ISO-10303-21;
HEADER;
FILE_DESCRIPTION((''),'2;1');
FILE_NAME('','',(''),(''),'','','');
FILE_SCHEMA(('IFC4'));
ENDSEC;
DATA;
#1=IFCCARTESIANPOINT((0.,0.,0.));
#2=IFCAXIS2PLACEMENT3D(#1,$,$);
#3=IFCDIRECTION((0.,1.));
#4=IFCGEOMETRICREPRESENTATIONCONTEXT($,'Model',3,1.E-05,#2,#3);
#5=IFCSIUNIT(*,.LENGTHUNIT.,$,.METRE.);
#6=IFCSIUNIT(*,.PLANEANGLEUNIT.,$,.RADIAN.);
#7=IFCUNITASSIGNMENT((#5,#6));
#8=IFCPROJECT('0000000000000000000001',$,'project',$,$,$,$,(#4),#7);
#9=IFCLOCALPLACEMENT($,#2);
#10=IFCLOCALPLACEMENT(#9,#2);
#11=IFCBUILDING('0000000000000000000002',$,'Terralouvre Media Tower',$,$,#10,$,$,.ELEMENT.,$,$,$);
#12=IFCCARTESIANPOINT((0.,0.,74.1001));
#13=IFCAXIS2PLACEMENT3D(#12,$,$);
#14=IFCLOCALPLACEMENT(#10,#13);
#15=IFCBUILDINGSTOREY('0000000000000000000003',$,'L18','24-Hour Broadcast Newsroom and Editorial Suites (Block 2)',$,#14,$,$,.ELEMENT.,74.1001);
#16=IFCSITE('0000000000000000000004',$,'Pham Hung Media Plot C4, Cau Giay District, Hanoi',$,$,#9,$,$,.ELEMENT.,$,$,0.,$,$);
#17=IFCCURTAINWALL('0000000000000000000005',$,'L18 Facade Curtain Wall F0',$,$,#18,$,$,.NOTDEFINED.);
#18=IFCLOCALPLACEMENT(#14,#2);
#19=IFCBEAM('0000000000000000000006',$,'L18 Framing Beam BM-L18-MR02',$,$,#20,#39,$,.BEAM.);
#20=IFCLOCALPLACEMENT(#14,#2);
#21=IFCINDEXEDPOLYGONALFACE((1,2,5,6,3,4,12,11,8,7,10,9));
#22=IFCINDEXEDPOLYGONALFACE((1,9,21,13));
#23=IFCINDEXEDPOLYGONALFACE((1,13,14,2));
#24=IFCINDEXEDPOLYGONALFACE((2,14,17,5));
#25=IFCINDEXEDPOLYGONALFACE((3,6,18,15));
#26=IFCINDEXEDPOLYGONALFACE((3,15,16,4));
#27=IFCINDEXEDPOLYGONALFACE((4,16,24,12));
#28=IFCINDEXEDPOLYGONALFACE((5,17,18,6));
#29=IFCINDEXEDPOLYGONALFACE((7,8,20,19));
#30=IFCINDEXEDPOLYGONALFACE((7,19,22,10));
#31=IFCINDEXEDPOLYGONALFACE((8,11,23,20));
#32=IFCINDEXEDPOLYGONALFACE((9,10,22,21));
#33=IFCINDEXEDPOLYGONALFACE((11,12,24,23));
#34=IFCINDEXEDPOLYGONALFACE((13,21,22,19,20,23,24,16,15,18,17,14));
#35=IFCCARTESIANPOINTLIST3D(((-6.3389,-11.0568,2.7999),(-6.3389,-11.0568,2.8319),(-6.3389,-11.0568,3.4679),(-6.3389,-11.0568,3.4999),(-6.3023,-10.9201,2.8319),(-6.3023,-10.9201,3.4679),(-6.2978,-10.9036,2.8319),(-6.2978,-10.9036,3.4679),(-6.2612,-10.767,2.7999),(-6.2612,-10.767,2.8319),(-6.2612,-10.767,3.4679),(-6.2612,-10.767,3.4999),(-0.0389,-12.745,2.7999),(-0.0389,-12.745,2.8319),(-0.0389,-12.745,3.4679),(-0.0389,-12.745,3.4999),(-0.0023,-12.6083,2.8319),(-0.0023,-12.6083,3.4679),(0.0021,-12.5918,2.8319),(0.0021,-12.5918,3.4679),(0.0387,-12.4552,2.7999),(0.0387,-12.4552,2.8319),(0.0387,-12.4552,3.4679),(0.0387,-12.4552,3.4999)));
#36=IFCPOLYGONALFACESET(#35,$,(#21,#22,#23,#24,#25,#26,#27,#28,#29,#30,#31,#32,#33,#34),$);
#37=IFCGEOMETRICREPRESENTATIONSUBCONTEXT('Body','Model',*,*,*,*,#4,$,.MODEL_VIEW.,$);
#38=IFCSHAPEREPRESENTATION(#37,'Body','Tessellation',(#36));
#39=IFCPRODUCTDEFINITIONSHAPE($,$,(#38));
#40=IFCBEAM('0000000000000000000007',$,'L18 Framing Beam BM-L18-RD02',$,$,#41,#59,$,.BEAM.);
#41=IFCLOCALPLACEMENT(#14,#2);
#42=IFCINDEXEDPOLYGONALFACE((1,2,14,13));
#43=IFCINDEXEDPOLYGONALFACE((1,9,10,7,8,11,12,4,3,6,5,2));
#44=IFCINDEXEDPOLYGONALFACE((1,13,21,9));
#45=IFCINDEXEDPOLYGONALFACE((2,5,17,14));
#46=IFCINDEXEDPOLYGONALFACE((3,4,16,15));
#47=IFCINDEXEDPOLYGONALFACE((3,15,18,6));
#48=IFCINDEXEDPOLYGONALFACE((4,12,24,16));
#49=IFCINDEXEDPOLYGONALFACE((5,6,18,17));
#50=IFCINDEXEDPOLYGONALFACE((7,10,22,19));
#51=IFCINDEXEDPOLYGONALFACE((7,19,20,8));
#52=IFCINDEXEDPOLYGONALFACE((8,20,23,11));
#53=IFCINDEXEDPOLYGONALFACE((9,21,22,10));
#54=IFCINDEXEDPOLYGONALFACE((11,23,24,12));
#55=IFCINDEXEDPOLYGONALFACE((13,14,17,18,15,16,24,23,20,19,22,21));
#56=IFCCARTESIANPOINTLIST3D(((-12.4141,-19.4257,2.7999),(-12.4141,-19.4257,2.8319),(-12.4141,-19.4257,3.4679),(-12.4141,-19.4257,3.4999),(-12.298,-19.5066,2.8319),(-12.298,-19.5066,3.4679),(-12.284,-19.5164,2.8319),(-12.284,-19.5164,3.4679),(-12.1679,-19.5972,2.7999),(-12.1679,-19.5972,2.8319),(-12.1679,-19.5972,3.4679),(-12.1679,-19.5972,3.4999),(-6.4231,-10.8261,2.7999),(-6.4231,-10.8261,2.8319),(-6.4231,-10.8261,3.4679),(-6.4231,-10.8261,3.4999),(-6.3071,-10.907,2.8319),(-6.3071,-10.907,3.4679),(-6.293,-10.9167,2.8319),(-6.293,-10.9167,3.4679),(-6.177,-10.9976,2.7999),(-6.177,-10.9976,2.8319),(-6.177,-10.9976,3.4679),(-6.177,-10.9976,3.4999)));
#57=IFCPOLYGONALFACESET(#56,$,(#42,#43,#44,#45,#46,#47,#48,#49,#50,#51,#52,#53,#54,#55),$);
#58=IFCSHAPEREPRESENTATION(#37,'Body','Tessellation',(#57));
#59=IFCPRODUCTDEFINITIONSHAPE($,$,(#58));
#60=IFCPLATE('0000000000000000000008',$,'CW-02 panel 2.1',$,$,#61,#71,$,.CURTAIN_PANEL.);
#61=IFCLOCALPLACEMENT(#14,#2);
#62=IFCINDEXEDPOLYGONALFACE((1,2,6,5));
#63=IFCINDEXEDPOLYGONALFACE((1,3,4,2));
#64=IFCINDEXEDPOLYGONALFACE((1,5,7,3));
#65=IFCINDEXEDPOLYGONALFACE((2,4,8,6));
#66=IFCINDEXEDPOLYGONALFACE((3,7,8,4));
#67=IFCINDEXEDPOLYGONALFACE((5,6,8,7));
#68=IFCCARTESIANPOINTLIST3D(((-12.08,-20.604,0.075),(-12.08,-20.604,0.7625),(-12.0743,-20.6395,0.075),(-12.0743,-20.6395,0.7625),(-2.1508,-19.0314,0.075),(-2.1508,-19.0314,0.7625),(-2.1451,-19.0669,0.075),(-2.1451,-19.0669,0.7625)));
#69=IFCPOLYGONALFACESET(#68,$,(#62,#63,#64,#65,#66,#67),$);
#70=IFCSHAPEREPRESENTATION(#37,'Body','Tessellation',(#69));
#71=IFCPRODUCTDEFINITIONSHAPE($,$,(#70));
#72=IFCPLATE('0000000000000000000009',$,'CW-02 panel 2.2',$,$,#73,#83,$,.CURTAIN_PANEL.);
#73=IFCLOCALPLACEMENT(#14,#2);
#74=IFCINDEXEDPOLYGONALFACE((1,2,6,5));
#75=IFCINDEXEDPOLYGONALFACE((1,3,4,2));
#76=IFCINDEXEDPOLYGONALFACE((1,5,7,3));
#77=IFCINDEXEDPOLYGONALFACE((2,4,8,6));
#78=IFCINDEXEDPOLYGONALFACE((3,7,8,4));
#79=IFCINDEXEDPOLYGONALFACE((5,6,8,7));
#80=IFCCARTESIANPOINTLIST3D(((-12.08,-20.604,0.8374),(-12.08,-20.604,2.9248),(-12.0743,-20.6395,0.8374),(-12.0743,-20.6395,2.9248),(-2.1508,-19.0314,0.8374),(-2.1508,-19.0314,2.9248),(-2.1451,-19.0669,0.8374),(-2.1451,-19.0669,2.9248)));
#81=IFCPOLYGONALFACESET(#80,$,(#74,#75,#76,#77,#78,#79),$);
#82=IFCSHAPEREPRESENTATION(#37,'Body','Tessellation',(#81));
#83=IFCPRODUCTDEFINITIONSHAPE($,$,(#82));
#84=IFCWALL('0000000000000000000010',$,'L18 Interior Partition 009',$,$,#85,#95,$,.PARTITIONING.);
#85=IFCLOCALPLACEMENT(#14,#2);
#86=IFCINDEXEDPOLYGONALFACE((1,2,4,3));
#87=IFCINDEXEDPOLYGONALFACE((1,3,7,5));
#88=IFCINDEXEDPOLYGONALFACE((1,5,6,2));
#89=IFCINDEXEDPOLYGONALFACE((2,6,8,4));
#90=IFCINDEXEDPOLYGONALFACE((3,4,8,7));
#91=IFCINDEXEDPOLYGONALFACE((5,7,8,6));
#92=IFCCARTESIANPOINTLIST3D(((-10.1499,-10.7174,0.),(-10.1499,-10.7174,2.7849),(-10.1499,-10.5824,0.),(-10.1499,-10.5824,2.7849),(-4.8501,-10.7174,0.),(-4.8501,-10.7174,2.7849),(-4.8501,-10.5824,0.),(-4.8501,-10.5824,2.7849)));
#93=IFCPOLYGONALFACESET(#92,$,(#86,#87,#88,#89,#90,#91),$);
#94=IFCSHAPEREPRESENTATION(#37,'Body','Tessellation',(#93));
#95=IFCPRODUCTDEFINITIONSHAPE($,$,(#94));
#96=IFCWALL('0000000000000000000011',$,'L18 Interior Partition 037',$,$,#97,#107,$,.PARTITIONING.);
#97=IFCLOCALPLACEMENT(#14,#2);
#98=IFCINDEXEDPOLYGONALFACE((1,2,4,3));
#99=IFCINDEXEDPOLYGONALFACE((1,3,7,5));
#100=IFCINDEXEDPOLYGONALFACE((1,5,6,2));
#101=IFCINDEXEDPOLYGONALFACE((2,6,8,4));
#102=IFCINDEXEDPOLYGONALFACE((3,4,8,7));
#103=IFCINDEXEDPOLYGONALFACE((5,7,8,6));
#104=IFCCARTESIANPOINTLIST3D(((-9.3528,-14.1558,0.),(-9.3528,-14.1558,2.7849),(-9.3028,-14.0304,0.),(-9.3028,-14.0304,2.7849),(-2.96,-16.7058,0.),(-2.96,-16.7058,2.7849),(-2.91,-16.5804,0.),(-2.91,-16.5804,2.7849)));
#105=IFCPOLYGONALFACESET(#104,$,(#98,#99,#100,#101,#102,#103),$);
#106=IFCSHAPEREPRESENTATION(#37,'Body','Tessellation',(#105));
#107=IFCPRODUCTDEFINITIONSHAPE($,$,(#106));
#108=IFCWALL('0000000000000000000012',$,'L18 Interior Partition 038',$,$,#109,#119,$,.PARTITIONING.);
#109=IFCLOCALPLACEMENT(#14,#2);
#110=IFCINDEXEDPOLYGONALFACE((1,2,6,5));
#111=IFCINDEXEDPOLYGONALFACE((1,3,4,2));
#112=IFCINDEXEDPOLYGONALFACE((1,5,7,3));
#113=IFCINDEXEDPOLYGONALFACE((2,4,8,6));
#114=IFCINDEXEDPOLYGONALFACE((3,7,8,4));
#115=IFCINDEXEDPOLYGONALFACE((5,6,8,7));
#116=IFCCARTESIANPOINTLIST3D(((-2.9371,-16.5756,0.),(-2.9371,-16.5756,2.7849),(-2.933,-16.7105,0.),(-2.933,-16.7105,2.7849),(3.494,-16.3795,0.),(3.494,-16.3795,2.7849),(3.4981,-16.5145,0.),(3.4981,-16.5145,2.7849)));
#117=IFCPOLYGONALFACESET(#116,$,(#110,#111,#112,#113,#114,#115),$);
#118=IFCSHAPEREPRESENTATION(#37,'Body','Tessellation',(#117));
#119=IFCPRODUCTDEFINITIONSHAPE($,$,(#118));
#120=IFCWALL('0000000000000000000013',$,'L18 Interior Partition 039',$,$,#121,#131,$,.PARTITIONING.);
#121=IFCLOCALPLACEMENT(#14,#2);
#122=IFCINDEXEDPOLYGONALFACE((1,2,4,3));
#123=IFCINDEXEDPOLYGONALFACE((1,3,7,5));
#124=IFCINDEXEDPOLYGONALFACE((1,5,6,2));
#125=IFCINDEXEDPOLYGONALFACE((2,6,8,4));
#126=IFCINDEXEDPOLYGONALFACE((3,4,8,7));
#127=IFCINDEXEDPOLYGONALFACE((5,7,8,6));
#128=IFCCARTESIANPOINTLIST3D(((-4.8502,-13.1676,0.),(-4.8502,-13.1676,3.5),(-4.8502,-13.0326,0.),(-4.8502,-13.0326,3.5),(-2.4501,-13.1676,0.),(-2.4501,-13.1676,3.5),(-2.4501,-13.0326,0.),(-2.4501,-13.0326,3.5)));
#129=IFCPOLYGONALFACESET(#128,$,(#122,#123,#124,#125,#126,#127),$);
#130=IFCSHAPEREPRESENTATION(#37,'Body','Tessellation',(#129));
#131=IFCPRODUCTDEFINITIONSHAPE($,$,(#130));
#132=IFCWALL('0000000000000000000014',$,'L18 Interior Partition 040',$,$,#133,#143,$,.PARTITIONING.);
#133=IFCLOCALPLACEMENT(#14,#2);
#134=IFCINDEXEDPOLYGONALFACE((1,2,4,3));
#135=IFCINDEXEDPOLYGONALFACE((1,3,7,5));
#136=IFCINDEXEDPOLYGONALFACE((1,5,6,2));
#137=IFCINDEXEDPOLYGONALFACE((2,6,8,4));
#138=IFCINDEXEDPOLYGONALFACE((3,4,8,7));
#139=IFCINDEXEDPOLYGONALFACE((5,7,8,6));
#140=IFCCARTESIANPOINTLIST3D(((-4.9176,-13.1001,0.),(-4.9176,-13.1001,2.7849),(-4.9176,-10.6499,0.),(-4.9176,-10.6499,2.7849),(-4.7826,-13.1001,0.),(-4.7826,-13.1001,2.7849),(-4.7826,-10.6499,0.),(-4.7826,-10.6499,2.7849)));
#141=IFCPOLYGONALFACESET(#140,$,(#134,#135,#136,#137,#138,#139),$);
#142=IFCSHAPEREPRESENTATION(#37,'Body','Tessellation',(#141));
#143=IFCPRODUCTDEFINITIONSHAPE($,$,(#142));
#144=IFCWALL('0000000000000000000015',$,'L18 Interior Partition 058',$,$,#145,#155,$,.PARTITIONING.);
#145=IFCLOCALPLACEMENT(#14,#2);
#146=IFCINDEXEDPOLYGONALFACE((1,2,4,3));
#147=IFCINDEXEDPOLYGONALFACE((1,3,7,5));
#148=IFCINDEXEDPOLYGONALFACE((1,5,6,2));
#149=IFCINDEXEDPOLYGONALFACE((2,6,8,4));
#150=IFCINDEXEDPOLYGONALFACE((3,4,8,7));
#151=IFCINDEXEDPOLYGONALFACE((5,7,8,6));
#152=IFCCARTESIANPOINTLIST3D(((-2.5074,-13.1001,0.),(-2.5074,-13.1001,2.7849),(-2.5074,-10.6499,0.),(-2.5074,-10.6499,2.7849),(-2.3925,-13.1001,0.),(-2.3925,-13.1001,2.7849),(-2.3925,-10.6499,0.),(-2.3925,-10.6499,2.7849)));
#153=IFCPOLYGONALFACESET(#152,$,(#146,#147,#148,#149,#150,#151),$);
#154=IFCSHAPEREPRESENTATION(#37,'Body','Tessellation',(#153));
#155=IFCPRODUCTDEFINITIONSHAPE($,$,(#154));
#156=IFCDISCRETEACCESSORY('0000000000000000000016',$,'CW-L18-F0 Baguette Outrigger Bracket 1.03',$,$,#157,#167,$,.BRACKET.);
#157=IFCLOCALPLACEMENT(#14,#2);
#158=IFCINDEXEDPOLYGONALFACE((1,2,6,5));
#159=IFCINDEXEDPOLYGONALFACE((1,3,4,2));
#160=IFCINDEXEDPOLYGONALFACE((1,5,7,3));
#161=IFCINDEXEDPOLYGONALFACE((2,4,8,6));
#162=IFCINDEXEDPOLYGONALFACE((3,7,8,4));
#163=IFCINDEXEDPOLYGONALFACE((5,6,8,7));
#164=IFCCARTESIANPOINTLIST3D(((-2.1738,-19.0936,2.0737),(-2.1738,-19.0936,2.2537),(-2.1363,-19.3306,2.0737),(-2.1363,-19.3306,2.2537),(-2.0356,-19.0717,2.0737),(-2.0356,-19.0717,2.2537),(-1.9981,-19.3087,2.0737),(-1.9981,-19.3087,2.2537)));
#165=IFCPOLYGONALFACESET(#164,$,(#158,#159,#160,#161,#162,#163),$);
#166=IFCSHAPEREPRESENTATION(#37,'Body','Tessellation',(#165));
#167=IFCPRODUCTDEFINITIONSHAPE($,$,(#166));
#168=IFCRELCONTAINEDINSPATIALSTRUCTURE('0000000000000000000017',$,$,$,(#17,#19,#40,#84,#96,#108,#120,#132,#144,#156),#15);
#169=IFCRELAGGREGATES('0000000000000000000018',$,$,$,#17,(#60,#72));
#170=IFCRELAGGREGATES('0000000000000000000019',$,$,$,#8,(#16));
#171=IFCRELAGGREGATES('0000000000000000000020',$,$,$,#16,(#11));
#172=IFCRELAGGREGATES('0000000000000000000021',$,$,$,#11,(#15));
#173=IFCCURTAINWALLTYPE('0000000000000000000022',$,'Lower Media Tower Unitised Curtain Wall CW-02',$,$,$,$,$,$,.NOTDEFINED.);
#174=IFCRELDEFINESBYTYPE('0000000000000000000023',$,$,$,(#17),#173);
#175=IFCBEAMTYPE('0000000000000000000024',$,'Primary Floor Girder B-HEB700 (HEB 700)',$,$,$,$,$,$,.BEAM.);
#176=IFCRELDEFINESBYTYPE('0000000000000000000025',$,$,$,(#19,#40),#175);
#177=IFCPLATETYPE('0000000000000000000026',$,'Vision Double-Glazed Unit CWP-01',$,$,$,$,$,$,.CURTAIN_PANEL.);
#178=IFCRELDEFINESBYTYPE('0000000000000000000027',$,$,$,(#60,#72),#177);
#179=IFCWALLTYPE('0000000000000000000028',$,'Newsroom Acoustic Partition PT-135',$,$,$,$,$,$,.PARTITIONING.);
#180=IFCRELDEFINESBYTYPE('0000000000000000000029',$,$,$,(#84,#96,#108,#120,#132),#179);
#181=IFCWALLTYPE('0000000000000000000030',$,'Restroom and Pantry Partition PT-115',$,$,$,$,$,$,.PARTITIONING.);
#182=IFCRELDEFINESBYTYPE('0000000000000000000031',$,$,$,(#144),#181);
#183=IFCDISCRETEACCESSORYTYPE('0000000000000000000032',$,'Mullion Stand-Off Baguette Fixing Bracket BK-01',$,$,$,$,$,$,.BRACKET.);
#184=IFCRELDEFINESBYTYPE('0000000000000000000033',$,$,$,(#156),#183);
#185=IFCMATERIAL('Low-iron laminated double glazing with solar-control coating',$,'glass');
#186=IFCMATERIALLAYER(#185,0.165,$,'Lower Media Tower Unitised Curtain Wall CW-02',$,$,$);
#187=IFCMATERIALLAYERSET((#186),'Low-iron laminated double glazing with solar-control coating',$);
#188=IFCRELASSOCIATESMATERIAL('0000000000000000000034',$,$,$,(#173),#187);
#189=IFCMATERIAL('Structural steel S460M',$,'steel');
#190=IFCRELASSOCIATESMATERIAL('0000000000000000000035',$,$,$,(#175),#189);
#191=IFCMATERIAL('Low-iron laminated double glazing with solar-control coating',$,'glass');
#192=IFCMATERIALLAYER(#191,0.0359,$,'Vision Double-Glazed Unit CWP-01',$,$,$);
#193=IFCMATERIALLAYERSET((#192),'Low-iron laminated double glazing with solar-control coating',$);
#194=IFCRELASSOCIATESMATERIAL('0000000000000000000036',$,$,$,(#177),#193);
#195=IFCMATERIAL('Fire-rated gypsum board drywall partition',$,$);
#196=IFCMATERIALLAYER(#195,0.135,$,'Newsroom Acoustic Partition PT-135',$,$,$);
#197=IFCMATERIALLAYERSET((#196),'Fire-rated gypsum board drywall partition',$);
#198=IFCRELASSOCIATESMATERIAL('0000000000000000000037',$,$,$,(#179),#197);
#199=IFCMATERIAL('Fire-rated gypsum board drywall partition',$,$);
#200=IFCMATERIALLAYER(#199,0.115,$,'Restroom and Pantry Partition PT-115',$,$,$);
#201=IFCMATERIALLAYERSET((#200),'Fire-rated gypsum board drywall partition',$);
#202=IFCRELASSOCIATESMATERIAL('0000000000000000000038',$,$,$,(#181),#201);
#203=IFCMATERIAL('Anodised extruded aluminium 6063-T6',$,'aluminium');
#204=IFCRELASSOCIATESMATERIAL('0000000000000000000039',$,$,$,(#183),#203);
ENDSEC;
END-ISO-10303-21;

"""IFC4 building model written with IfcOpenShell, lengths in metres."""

from ifc_helpers import new_model, si_unit, direction, frame, frame_2d, origin, origin_2d, place, context, subcontext, project, spatial, rectangle, i_section, extrude, material, layer, layer_set, material_profile, profile_set, type_object, element, aggregate, save


model = new_model("IFC4")

# Units and contexts
model_context = context("Model", 3, precision=1e-05, world=origin(), true_north=direction((0.0, 1.0)))
body_context = subcontext(model_context, "Body", "Model", "MODEL_VIEW")
ifc_project = project(units=[si_unit("LENGTHUNIT", "METRE"), si_unit("PLANEANGLEUNIT", "RADIAN")], contexts=[model_context])

# Site, building, storey
site_placement = place(None, origin())
site = spatial("IfcSite", under=ifc_project, at=site_placement, Name="Pham Hung Media Plot C4, Cau Giay District, Hanoi", CompositionType="ELEMENT", RefElevation=0.0)
building_placement = place(site_placement, origin())
building = spatial("IfcBuilding", under=site, at=building_placement, Name="Terralouvre Media Tower", CompositionType="ELEMENT")
storey_placement = place(building_placement, frame((0.0, 0.0, 74.1001)))
storey = spatial("IfcBuildingStorey", under=building, at=storey_placement, Name="L18", Description="24-Hour Broadcast Newsroom and Editorial Suites (Block 2)", CompositionType="ELEMENT", Elevation=74.1001)

# Curtain wall
ifc_material_1 = material(Name="Low-iron laminated double glazing with solar-control coating", Category="glass")
ifc_layer_1 = layer(ifc_material_1, 0.165, Name="Lower Media Tower Unitised Curtain Wall CW-02")
ifc_layer_set_1 = layer_set([ifc_layer_1], Name="Low-iron laminated double glazing with solar-control coating")
curtain_wall_type = type_object("IfcCurtainWallType", Name="Lower Media Tower Unitised Curtain Wall CW-02", PredefinedType="NOTDEFINED", material=ifc_layer_set_1)
curtain_wall_placement = place(storey_placement, origin())
curtain_wall = element("IfcCurtainWall", 1, at=curtain_wall_placement, inside=storey, type_object=curtain_wall_type, Name="L18 Facade Curtain Wall F0", PredefinedType="NOTDEFINED")

# Beams
ifc_material_2 = material(Name="Structural steel S460M", Category="steel")
ifc_material_profile_1 = material_profile(ifc_material_2, i_section(OverallWidth=0.3, OverallDepth=0.7, WebThickness=0.0171, FlangeThickness=0.032, at=origin_2d()), Name="HEB 700")
ifc_profile_set_1 = profile_set([ifc_material_profile_1], Name="Structural steel S460M")
beam_type_1 = type_object("IfcBeamType", Name="Primary Floor Girder B-HEB700 (HEB 700)", PredefinedType="BEAM", material=ifc_profile_set_1)
beam_1_placement = place(storey_placement, frame((-6.3, -10.9119, 3.1499), z_axis=(0.96592, -0.258839, 0.0), x_axis=(0.258839, 0.96592, 0.0)))
element("IfcBeam", 2, at=beam_1_placement, inside=storey, type_object=beam_type_1, Name="L18 Framing Beam BM-L18-MR02", PredefinedType="BEAM", context=body_context, shape_type="SweptSolid", body=[
    extrude(i_section(OverallWidth=0.3, OverallDepth=0.7, WebThickness=0.0171, FlangeThickness=0.032, at=origin_2d()), origin(), (0.0, 0.0, 1.0), 6.5222),
])
beam_2_placement = place(storey_placement, frame((-6.3, -10.9119, 3.1499), z_axis=(-0.571619, -0.820519, 0.0), x_axis=(0.820519, -0.571619, 0.0)))
element("IfcBeam", 3, at=beam_2_placement, inside=storey, type_object=beam_type_1, Name="L18 Framing Beam BM-L18-RD02", PredefinedType="BEAM", context=body_context, shape_type="SweptSolid", body=[
    extrude(i_section(OverallWidth=0.3, OverallDepth=0.7, WebThickness=0.0171, FlangeThickness=0.032, at=origin_2d()), origin(), (0.0, 0.0, 1.0), 10.4807),
])

# Plates
ifc_material_3 = material(Name="Low-iron laminated double glazing with solar-control coating", Category="glass")
ifc_layer_2 = layer(ifc_material_3, 0.0359, Name="Vision Double-Glazed Unit CWP-01")
ifc_layer_set_2 = layer_set([ifc_layer_2], Name="Low-iron laminated double glazing with solar-control coating")
plate_type = type_object("IfcPlateType", Name="Vision Double-Glazed Unit CWP-01", PredefinedType="CURTAIN_PANEL", material=ifc_layer_set_2)
plate_1_placement = place(storey_placement, frame((-7.1125, -19.8354, 0.075), z_axis=(0.0, 0.0, 1.0), x_axis=(0.987688, 0.156434, 0.0)))
plate_1 = element("IfcPlate", 4, at=plate_1_placement, type_object=plate_type, Name="CW-02 panel 2.1", PredefinedType="CURTAIN_PANEL", context=body_context, shape_type="SweptSolid", body=[
    extrude(rectangle(XDim=10.053, YDim=0.0359, at=origin_2d()), origin(), (0.0, 0.0, 1.0), 0.6875),
])
plate_2_placement = place(storey_placement, frame((-7.1125, -19.8354, 0.8374), z_axis=(0.0, 0.0, 1.0), x_axis=(0.987688, 0.156434, 0.0)))
plate_2 = element("IfcPlate", 5, at=plate_2_placement, type_object=plate_type, Name="CW-02 panel 2.2", PredefinedType="CURTAIN_PANEL", context=body_context, shape_type="SweptSolid", body=[
    extrude(rectangle(XDim=10.053, YDim=0.0359, at=origin_2d()), origin(), (0.0, 0.0, 1.0), 2.0874),
])
aggregate(curtain_wall, [plate_1, plate_2])

# Walls
ifc_material_4 = material(Name="Fire-rated gypsum board drywall partition")
ifc_layer_3 = layer(ifc_material_4, 0.135, Name="Newsroom Acoustic Partition PT-135")
ifc_layer_set_3 = layer_set([ifc_layer_3], Name="Fire-rated gypsum board drywall partition")
wall_type_1 = type_object("IfcWallType", Name="Newsroom Acoustic Partition PT-135", PredefinedType="PARTITIONING", material=ifc_layer_set_3)
wall_1_placement = place(storey_placement, frame((-10.1499, -10.6499, 0.0), z_axis=(0.0, 0.0, 1.0), x_axis=(1.0, 0.0, 0.0)))
element("IfcWall", 6, at=wall_1_placement, inside=storey, type_object=wall_type_1, Name="L18 Interior Partition 009", PredefinedType="PARTITIONING", context=body_context, shape_type="SweptSolid", body=[
    extrude(rectangle(XDim=5.2998, YDim=0.135, at=frame_2d((2.6499, 0.0))), origin(), (0.0, 0.0, 1.0), 2.7849),
])
wall_2_placement = place(storey_placement, frame((-9.3279, -14.093, 0.0), z_axis=(0.0, 0.0, 1.0), x_axis=(0.928831, -0.370504, 0.0)))
element("IfcWall", 7, at=wall_2_placement, inside=storey, type_object=wall_type_1, Name="L18 Interior Partition 037", PredefinedType="PARTITIONING", context=body_context, shape_type="SweptSolid", body=[
    extrude(rectangle(XDim=6.8826, YDim=0.135, at=frame_2d((3.4414, 0.0))), origin(), (0.0, 0.0, 1.0), 2.7849),
])
wall_3_placement = place(storey_placement, frame((-2.9351, -16.6431, 0.0), z_axis=(0.0, 0.0, 1.0), x_axis=(0.999536, 0.030469, 0.0)))
element("IfcWall", 8, at=wall_3_placement, inside=storey, type_object=wall_type_1, Name="L18 Interior Partition 038", PredefinedType="PARTITIONING", context=body_context, shape_type="SweptSolid", body=[
    extrude(rectangle(XDim=6.4341, YDim=0.135, at=frame_2d((3.217, 0.0))), origin(), (0.0, 0.0, 1.0), 2.7849),
])
wall_4_placement = place(storey_placement, frame((-2.45, -13.1001, 0.0), z_axis=(0.0, 0.0, 1.0), x_axis=(-1.0, 0.0, 0.0)))
element("IfcWall", 9, at=wall_4_placement, inside=storey, type_object=wall_type_1, Name="L18 Interior Partition 039", PredefinedType="PARTITIONING", context=body_context, shape_type="SweptSolid", body=[
    extrude(rectangle(XDim=2.4001, YDim=0.135, at=frame_2d((1.2002, 0.0))), origin(), (0.0, 0.0, 1.0), 3.5),
])
wall_5_placement = place(storey_placement, frame((-4.8501, -13.1001, 0.0), z_axis=(0.0, 0.0, 1.0), x_axis=(0.0, 1.0, 0.0)))
element("IfcWall", 10, at=wall_5_placement, inside=storey, type_object=wall_type_1, Name="L18 Interior Partition 040", PredefinedType="PARTITIONING", context=body_context, shape_type="SweptSolid", body=[
    extrude(rectangle(XDim=2.4502, YDim=0.135, at=frame_2d((1.2251, 0.0))), origin(), (0.0, 0.0, 1.0), 2.7849),
])
ifc_material_5 = material(Name="Fire-rated gypsum board drywall partition")
ifc_layer_4 = layer(ifc_material_5, 0.115, Name="Restroom and Pantry Partition PT-115")
ifc_layer_set_4 = layer_set([ifc_layer_4], Name="Fire-rated gypsum board drywall partition")
wall_type_2 = type_object("IfcWallType", Name="Restroom and Pantry Partition PT-115", PredefinedType="PARTITIONING", material=ifc_layer_set_4)
wall_6_placement = place(storey_placement, frame((-2.45, -13.1001, 0.0), z_axis=(0.0, 0.0, 1.0), x_axis=(0.0, 1.0, 0.0)))
element("IfcWall", 11, at=wall_6_placement, inside=storey, type_object=wall_type_2, Name="L18 Interior Partition 058", PredefinedType="PARTITIONING", context=body_context, shape_type="SweptSolid", body=[
    extrude(rectangle(XDim=2.4502, YDim=0.115, at=frame_2d((1.2251, 0.0))), origin(), (0.0, 0.0, 1.0), 2.7849),
])

# Discrete accessory
ifc_material_6 = material(Name="Anodised extruded aluminium 6063-T6", Category="aluminium")
discrete_accessory_type = type_object("IfcDiscreteAccessoryType", Name="Mullion Stand-Off Baguette Fixing Bracket BK-01", PredefinedType="BRACKET", material=ifc_material_6)
discrete_accessory_placement = place(storey_placement, frame((-2.0859, -19.2012, 2.0737), z_axis=(0.0, 0.0, 1.0), x_axis=(0.987688, 0.156434, 0.0)))
element("IfcDiscreteAccessory", 12, at=discrete_accessory_placement, inside=storey, type_object=discrete_accessory_type, Name="CW-L18-F0 Baguette Outrigger Bracket 1.03", PredefinedType="BRACKET", context=body_context, shape_type="SweptSolid", body=[
    extrude(rectangle(XDim=0.1399, YDim=0.24, at=origin_2d()), origin(), (0.0, 0.0, 1.0), 0.1799),
])

save(model, "model.ifc")
